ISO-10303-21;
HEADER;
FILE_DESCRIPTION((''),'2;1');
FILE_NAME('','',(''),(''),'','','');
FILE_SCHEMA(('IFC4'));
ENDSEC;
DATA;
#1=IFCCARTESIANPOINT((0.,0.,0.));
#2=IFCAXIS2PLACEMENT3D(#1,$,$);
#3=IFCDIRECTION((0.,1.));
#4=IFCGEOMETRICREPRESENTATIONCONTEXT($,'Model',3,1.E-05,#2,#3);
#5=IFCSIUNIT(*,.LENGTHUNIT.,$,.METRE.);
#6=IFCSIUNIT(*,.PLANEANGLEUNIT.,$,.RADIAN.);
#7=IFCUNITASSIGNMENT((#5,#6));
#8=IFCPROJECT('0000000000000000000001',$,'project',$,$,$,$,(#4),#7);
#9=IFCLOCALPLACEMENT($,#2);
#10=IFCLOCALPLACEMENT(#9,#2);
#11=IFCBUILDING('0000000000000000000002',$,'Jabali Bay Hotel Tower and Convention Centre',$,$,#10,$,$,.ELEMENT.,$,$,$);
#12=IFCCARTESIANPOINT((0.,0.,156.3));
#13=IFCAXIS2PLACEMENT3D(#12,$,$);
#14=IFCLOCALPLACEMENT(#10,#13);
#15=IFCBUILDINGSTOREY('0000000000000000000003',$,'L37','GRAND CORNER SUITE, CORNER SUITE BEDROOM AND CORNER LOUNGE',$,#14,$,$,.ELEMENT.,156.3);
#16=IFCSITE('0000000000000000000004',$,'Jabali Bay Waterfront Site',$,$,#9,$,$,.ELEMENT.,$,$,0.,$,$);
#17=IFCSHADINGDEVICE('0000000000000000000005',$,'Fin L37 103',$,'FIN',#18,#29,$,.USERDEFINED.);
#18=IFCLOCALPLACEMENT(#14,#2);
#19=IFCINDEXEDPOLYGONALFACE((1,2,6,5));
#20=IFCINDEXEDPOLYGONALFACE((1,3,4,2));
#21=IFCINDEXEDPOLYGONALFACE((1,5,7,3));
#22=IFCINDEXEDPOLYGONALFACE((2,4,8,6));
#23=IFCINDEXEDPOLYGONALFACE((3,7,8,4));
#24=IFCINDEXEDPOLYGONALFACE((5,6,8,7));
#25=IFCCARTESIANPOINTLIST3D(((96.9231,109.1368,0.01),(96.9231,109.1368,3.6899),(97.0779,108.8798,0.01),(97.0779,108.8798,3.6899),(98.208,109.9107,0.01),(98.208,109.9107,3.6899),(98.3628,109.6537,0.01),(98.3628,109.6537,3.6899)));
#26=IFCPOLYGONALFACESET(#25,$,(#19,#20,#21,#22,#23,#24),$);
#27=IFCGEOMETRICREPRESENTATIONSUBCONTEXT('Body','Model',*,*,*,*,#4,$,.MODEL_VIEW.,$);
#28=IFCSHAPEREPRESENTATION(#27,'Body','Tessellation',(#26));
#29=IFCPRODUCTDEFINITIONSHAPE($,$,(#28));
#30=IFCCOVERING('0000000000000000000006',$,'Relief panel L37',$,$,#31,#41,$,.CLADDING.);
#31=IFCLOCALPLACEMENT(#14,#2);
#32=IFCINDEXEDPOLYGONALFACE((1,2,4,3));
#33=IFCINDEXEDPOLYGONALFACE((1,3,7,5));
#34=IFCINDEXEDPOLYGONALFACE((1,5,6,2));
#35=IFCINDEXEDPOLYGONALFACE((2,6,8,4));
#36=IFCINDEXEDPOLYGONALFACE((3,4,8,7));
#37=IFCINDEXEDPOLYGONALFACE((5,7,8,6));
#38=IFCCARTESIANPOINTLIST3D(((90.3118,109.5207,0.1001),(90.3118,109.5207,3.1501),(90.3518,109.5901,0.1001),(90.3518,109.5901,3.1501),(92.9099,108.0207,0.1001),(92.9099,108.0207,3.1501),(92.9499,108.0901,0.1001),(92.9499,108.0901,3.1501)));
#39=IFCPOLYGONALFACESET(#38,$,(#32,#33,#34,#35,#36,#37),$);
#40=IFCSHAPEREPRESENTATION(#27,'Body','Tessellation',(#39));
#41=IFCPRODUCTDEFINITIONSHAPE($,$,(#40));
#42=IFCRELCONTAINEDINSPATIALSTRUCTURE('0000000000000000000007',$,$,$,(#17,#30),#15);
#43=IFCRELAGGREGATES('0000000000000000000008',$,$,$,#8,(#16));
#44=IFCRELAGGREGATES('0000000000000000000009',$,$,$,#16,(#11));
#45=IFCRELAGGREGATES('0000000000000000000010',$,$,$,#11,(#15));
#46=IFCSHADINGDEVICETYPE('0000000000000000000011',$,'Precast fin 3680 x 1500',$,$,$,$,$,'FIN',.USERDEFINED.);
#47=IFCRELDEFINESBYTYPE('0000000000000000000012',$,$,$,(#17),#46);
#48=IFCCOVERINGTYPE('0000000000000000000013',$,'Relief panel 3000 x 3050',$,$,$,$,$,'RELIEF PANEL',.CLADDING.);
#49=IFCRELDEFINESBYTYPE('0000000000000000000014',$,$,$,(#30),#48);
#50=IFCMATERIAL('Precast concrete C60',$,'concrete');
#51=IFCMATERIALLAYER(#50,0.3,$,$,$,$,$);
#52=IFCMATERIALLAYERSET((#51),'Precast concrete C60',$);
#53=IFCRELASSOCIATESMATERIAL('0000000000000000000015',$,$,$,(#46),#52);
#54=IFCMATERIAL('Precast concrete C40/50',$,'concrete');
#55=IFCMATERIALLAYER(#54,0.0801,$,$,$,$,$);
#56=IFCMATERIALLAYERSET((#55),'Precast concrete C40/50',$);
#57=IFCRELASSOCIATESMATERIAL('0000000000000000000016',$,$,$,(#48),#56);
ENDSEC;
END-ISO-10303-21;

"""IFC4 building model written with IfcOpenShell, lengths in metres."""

from ifc_helpers import new_model, si_unit, direction, frame, frame_2d, origin, origin_2d, place, context, subcontext, project, spatial, rectangle, extrude, material, layer, layer_set, type_object, element, save


model = new_model("IFC4")

# Units and contexts
model_context = context("Model", 3, precision=1e-05, world=origin(), true_north=direction((0.0, 1.0)))
body_context = subcontext(model_context, "Body", "Model", "MODEL_VIEW")
ifc_project = project(units=[si_unit("LENGTHUNIT", "METRE"), si_unit("PLANEANGLEUNIT", "RADIAN")], contexts=[model_context])

# Site, building, storey
site_placement = place(None, origin())
site = spatial("IfcSite", under=ifc_project, at=site_placement, Name="Jabali Bay Waterfront Site", CompositionType="ELEMENT", RefElevation=0.0)
building_placement = place(site_placement, origin())
building = spatial("IfcBuilding", under=site, at=building_placement, Name="Jabali Bay Hotel Tower and Convention Centre", CompositionType="ELEMENT")
storey_placement = place(building_placement, frame((0.0, 0.0, 156.3)))
storey = spatial("IfcBuildingStorey", under=building, at=storey_placement, Name="L37", Description="GRAND CORNER SUITE, CORNER SUITE BEDROOM AND CORNER LOUNGE", CompositionType="ELEMENT", Elevation=156.3)

# Shading device
ifc_material_1 = material(Name="Precast concrete C60", Category="concrete")
ifc_layer_1 = layer(ifc_material_1, 0.3)
ifc_layer_set_1 = layer_set([ifc_layer_1], Name="Precast concrete C60")
shading_device_type = type_object("IfcShadingDeviceType", Name="Precast fin 3680 x 1500", ElementType="FIN", PredefinedType="USERDEFINED", material=ifc_layer_set_1)
shading_device_1_placement = place(storey_placement, frame((97.0005, 109.0083, 0.01), z_axis=(0.0, 0.0, 1.0), x_axis=(0.856616, 0.515955, 0.0)))
element("IfcShadingDevice", 1, at=shading_device_1_placement, inside=storey, type_object=shading_device_type, Name="Fin L37 103", ObjectType="FIN", PredefinedType="USERDEFINED", context=body_context, shape_type="SweptSolid", body=[
    extrude(rectangle(XDim=1.5, YDim=0.3, at=frame_2d((0.75, 0.0))), origin(), (0.0, 0.0, 1.0), 3.6799),
])

# Covering
ifc_material_2 = material(Name="Precast concrete C40/50", Category="concrete")
ifc_layer_2 = layer(ifc_material_2, 0.0801)
ifc_layer_set_2 = layer_set([ifc_layer_2], Name="Precast concrete C40/50")
covering_type = type_object("IfcCoveringType", Name="Relief panel 3000 x 3050", ElementType="RELIEF PANEL", PredefinedType="CLADDING", material=ifc_layer_set_2)
covering_placement = place(storey_placement, frame((91.6309, 108.8054, 0.1001), z_axis=(0.0, 0.0, 1.0), x_axis=(0.866025, -0.5, 0.0)))
element("IfcCovering", 2, at=covering_placement, inside=storey, type_object=covering_type, Name="Relief panel L37", PredefinedType="CLADDING", context=body_context, shape_type="SweptSolid", body=[
    extrude(rectangle(XDim=3.0, YDim=0.0801, at=origin_2d()), origin(), (0.0, 0.0, 1.0), 3.05),
])

save(model, "model.ifc")
